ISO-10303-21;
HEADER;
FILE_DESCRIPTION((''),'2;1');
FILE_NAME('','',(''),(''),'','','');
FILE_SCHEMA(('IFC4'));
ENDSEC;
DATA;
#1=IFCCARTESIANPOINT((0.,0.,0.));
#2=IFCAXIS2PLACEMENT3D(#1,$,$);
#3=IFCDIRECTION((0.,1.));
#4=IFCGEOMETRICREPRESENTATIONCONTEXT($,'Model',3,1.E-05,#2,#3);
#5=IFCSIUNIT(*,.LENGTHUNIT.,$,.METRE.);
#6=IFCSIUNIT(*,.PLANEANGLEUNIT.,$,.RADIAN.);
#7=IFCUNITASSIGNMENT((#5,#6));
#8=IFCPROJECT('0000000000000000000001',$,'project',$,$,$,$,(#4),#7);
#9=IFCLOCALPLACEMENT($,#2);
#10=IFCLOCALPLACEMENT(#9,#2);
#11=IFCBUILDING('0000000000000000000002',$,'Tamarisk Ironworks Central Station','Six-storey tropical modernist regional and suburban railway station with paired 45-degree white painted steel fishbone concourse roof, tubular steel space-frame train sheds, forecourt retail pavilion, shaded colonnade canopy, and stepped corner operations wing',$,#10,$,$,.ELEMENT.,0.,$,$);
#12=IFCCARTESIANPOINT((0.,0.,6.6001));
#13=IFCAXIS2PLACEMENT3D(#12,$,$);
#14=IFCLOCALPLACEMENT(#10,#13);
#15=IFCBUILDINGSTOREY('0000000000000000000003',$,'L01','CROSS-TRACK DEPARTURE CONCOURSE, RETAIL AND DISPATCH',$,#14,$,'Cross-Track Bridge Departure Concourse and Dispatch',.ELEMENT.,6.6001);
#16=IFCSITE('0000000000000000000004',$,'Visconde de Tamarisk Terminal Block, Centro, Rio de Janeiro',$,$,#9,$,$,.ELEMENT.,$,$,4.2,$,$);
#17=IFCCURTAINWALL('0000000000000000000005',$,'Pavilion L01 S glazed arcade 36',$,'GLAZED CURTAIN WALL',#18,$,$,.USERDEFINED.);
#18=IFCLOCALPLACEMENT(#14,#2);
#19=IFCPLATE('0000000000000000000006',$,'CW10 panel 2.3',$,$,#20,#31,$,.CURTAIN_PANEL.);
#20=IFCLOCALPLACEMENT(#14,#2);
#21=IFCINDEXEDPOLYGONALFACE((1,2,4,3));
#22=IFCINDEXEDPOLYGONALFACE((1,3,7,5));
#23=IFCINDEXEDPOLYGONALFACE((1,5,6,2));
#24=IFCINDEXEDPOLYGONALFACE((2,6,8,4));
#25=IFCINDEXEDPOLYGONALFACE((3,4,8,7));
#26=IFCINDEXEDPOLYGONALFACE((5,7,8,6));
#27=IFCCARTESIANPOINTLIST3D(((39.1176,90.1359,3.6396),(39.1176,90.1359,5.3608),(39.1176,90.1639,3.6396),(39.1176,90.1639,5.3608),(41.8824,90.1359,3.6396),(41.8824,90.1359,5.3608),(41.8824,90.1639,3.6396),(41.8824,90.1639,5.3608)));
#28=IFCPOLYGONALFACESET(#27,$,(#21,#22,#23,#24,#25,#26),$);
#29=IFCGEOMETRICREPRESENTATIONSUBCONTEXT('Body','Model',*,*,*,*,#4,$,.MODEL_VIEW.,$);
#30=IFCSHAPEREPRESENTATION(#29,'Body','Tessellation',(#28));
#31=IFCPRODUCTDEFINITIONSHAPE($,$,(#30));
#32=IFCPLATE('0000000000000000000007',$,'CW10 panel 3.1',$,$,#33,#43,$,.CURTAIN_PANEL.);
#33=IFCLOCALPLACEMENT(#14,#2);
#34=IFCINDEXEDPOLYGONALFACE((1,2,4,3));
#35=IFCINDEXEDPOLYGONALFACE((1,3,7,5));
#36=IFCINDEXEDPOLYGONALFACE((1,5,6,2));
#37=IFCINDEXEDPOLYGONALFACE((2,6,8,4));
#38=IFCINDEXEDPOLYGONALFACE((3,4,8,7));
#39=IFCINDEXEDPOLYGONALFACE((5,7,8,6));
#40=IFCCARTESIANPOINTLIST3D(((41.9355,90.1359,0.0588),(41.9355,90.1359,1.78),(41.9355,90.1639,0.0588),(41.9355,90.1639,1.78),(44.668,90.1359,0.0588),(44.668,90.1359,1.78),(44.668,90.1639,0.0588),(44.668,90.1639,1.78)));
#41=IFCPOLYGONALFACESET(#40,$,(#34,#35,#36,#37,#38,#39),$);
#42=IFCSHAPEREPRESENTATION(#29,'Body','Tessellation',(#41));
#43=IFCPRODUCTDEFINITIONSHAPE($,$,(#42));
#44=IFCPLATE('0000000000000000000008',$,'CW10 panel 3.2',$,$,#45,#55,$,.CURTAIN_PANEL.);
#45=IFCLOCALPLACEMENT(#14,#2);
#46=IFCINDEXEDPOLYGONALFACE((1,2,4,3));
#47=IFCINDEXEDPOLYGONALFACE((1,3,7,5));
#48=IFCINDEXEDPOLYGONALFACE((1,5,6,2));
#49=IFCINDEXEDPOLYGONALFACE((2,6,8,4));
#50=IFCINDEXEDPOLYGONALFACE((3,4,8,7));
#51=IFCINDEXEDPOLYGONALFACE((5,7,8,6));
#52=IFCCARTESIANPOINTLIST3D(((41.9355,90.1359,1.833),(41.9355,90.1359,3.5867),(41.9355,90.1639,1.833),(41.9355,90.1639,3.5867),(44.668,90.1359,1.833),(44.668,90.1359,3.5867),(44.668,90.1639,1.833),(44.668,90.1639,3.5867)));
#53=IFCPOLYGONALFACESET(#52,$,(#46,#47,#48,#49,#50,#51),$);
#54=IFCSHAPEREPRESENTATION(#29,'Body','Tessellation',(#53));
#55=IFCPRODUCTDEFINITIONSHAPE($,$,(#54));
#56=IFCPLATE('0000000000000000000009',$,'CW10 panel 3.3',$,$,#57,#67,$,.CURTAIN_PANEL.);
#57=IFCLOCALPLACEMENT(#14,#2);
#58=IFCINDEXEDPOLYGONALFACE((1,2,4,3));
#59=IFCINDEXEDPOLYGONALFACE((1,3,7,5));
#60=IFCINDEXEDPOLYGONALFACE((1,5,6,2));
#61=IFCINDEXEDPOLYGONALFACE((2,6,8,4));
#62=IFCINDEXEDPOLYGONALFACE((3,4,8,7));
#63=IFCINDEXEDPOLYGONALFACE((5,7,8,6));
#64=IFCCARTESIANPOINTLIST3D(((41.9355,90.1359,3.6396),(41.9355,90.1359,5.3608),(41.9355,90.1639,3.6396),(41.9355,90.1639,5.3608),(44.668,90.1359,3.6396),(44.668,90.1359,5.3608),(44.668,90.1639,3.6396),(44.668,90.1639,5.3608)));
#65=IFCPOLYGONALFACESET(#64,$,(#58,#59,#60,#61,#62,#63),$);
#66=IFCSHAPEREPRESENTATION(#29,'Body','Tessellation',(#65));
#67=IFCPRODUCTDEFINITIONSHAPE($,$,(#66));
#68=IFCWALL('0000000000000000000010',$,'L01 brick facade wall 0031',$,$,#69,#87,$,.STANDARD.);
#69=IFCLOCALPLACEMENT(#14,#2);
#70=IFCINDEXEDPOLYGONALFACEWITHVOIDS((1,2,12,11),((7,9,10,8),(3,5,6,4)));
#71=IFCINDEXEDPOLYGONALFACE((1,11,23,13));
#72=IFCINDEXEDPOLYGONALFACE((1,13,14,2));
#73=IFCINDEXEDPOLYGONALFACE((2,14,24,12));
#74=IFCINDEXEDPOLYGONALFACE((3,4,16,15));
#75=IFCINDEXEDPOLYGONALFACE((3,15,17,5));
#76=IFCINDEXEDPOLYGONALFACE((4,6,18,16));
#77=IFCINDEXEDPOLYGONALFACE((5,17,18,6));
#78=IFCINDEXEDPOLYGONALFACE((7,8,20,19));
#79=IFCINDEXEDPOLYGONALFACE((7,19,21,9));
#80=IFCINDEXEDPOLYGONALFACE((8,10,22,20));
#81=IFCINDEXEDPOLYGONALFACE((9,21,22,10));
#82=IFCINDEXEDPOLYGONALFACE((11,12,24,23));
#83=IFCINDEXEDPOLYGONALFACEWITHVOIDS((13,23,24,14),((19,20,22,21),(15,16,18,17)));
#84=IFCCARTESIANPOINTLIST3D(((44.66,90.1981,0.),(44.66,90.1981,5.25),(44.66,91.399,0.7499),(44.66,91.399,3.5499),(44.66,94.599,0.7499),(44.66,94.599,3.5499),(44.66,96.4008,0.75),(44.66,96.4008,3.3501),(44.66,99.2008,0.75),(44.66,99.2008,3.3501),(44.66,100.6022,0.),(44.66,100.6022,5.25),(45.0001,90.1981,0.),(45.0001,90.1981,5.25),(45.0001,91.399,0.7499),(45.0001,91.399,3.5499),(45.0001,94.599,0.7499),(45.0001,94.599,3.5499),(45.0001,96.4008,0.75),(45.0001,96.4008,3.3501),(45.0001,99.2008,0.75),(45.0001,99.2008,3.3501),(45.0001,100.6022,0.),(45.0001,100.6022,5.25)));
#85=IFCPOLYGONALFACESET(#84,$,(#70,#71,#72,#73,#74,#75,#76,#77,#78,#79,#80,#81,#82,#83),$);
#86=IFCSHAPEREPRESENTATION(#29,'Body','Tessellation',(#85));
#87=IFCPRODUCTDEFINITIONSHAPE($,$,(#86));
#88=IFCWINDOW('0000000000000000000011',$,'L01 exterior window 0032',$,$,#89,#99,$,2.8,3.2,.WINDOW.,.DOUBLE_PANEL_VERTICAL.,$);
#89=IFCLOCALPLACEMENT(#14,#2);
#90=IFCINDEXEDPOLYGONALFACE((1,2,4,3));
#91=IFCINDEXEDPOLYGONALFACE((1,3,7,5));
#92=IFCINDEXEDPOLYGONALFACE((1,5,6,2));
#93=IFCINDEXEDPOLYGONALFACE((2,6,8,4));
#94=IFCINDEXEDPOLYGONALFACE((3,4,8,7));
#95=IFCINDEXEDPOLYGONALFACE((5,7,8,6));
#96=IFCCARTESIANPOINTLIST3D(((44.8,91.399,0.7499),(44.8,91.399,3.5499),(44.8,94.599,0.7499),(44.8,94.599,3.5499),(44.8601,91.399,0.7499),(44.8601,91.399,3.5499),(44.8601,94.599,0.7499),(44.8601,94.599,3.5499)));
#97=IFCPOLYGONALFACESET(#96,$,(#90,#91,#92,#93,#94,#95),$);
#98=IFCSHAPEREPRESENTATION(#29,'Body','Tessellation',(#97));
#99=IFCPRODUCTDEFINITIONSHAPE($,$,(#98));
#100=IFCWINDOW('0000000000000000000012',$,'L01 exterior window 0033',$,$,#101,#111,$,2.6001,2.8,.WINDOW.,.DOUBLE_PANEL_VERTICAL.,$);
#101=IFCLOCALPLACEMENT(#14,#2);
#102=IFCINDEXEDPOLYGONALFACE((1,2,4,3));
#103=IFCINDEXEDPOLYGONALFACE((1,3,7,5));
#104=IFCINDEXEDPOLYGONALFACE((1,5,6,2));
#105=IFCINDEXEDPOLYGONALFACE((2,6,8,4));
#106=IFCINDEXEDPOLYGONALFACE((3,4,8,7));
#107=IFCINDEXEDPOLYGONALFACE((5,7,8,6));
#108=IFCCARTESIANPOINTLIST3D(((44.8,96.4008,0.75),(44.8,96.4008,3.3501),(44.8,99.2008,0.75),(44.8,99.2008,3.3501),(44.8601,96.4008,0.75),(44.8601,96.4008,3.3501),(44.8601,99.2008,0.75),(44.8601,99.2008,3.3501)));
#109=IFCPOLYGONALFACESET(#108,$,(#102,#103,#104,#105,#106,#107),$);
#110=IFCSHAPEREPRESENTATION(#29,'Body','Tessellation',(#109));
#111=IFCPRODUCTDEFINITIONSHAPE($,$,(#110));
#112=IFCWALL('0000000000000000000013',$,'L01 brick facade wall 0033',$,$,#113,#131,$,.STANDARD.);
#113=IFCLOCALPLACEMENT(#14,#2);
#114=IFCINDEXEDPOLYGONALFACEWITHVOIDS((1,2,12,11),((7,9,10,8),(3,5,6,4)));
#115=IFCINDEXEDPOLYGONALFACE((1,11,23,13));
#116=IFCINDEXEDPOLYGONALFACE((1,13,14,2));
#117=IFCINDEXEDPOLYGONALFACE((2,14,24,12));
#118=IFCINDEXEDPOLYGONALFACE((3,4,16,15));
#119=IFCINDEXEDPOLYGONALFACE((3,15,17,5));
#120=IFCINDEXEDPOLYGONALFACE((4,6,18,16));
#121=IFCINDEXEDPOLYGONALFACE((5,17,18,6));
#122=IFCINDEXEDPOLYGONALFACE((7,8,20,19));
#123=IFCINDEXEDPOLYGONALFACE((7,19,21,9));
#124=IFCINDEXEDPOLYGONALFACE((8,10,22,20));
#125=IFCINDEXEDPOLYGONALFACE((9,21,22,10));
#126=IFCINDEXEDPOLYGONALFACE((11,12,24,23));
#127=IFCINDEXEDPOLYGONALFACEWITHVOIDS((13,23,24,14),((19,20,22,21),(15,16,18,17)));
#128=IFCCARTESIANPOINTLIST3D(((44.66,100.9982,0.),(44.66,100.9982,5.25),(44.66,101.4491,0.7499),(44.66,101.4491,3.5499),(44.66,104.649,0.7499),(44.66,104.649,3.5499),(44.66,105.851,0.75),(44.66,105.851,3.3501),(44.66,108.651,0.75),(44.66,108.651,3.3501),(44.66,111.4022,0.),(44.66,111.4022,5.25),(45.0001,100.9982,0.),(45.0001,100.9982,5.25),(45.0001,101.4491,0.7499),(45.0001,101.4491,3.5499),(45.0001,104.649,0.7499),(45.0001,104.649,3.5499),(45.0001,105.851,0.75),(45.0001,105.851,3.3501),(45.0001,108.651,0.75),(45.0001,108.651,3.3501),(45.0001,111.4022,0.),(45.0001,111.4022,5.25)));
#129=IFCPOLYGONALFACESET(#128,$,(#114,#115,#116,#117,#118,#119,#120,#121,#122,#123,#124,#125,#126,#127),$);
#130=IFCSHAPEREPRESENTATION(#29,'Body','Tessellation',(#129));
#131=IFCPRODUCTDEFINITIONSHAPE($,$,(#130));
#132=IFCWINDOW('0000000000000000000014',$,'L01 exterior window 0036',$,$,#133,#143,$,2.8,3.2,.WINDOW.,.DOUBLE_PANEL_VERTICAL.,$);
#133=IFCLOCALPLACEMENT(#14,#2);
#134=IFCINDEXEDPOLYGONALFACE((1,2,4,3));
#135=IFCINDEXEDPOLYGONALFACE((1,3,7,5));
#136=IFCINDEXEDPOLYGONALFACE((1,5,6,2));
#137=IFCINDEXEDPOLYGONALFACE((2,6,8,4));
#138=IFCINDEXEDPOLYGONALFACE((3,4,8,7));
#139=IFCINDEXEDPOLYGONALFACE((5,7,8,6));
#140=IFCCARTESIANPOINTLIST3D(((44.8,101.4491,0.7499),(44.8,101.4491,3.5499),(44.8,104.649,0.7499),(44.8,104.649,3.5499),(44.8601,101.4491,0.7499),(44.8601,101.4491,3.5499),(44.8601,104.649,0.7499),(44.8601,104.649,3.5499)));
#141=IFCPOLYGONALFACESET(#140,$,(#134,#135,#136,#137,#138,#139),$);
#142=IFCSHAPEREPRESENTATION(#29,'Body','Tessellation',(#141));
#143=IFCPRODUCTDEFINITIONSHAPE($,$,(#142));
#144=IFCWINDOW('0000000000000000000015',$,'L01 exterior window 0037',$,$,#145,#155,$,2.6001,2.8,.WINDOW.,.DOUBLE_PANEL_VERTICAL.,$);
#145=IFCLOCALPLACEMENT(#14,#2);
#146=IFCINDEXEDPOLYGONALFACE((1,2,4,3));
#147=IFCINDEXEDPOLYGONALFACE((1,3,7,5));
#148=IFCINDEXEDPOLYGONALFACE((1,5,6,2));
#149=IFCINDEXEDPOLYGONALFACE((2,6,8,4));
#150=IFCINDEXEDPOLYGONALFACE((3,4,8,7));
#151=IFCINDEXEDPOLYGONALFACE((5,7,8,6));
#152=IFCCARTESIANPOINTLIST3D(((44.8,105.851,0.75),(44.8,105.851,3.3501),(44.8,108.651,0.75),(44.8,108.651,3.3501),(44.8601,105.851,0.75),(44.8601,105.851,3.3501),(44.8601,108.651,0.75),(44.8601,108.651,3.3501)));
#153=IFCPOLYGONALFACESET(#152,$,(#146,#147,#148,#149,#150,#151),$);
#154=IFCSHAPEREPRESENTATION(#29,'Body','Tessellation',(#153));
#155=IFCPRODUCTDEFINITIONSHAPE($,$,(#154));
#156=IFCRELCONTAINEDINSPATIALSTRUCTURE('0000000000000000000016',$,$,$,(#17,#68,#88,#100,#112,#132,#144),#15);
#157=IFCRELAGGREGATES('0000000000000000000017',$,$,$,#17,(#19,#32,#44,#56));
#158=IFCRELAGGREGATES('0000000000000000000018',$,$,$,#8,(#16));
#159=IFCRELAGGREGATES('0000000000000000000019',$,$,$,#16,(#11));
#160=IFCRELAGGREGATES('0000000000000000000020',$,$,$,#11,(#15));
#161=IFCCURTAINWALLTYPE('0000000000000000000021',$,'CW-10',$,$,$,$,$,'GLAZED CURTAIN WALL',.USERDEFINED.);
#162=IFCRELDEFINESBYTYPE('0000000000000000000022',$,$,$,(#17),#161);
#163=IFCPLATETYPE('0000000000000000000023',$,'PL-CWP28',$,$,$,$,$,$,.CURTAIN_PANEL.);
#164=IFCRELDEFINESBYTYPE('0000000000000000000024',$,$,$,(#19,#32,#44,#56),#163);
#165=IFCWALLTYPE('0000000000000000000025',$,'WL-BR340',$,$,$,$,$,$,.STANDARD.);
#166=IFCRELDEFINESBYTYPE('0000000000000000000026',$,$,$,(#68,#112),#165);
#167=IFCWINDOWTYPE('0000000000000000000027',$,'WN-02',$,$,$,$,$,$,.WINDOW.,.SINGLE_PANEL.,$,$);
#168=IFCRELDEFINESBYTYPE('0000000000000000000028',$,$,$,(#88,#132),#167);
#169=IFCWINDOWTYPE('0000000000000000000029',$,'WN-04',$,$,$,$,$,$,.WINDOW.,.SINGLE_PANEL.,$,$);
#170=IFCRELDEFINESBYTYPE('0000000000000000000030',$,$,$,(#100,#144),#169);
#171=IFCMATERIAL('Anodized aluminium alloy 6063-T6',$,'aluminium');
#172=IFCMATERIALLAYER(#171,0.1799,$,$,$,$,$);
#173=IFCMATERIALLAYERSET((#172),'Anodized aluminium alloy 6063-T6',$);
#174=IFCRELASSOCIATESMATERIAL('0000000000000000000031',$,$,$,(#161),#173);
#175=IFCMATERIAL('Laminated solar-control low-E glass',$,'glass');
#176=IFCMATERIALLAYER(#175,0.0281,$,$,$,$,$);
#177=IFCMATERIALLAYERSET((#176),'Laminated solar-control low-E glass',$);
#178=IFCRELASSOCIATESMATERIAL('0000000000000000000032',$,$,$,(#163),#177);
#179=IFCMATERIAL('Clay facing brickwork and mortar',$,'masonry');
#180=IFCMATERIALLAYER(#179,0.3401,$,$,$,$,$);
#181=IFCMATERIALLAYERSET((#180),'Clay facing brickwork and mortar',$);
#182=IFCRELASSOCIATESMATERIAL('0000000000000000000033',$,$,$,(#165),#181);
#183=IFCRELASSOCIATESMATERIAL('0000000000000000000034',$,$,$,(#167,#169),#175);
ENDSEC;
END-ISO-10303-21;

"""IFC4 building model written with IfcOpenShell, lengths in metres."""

from ifc_helpers import new_model, si_unit, direction, frame, frame_2d, origin, origin_2d, place, context, subcontext, project, spatial, rectangle, extrude, material, layer, layer_set, type_object, element, fill, aggregate, save


model = new_model("IFC4")

# Units and contexts
model_context = context("Model", 3, precision=1e-05, world=origin(), true_north=direction((0.0, 1.0)))
body_context = subcontext(model_context, "Body", "Model", "MODEL_VIEW")
ifc_project = project(units=[si_unit("LENGTHUNIT", "METRE"), si_unit("PLANEANGLEUNIT", "RADIAN")], contexts=[model_context])

# Site, building, storey
site_placement = place(None, origin())
site = spatial("IfcSite", under=ifc_project, at=site_placement, Name="Visconde de Tamarisk Terminal Block, Centro, Rio de Janeiro", CompositionType="ELEMENT", RefElevation=4.2)
building_placement = place(site_placement, origin())
building = spatial("IfcBuilding", under=site, at=building_placement, Name="Tamarisk Ironworks Central Station", Description="Six-storey tropical modernist regional and suburban railway station with paired 45-degree white painted steel fishbone concourse roof, tubular steel space-frame train sheds, forecourt retail pavilion, shaded colonnade canopy, and stepped corner operations wing", CompositionType="ELEMENT", ElevationOfRefHeight=0.0)
storey_placement = place(building_placement, frame((0.0, 0.0, 6.6001)))
storey = spatial("IfcBuildingStorey", under=building, at=storey_placement, Name="L01", Description="CROSS-TRACK DEPARTURE CONCOURSE, RETAIL AND DISPATCH", LongName="Cross-Track Bridge Departure Concourse and Dispatch", CompositionType="ELEMENT", Elevation=6.6001)

# Shared definitions
ifc_material_1 = material(Name="Clay facing brickwork and mortar", Category="masonry")

# Curtain wall, plates
ifc_material_2 = material(Name="Anodized aluminium alloy 6063-T6", Category="aluminium")
ifc_layer_1 = layer(ifc_material_2, 0.1799)
ifc_layer_set_1 = layer_set([ifc_layer_1], Name="Anodized aluminium alloy 6063-T6")
curtain_wall_type = type_object("IfcCurtainWallType", Name="CW-10", ElementType="GLAZED CURTAIN WALL", PredefinedType="USERDEFINED", material=ifc_layer_set_1)
curtain_wall_placement = place(storey_placement, origin())
curtain_wall = element("IfcCurtainWall", 1, at=curtain_wall_placement, inside=storey, type_object=curtain_wall_type, Name="Pavilion L01 S glazed arcade 36", ObjectType="GLAZED CURTAIN WALL", PredefinedType="USERDEFINED")
ifc_material_3 = material(Name="Laminated solar-control low-E glass", Category="glass")
ifc_layer_2 = layer(ifc_material_3, 0.0281)
ifc_layer_set_2 = layer_set([ifc_layer_2], Name="Laminated solar-control low-E glass")
plate_type = type_object("IfcPlateType", Name="PL-CWP28", PredefinedType="CURTAIN_PANEL", material=ifc_layer_set_2)
plate_1_placement = place(storey_placement, frame((40.5, 90.1499, 3.6396), z_axis=(0.0, 0.0, 1.0), x_axis=(1.0, 0.0, 0.0)))
plate_1 = element("IfcPlate", 2, at=plate_1_placement, type_object=plate_type, Name="CW10 panel 2.3", PredefinedType="CURTAIN_PANEL", context=body_context, shape_type="SweptSolid", body=[
    extrude(rectangle(XDim=2.7649, YDim=0.0281, at=origin_2d()), origin(), (0.0, 0.0, 1.0), 1.7212),
])
plate_2_placement = place(storey_placement, frame((43.3018, 90.1499, 0.0588), z_axis=(0.0, 0.0, 1.0), x_axis=(1.0, 0.0, 0.0)))
plate_2 = element("IfcPlate", 3, at=plate_2_placement, type_object=plate_type, Name="CW10 panel 3.1", PredefinedType="CURTAIN_PANEL", context=body_context, shape_type="SweptSolid", body=[
    extrude(rectangle(XDim=2.7324, YDim=0.0281, at=origin_2d()), origin(), (0.0, 0.0, 1.0), 1.7212),
])
plate_3_placement = place(storey_placement, frame((43.3018, 90.1499, 1.833), z_axis=(0.0, 0.0, 1.0), x_axis=(1.0, 0.0, 0.0)))
plate_3 = element("IfcPlate", 4, at=plate_3_placement, type_object=plate_type, Name="CW10 panel 3.2", PredefinedType="CURTAIN_PANEL", context=body_context, shape_type="SweptSolid", body=[
    extrude(rectangle(XDim=2.7324, YDim=0.0281, at=origin_2d()), origin(), (0.0, 0.0, 1.0), 1.7537),
])
plate_4_placement = place(storey_placement, frame((43.3018, 90.1499, 3.6396), z_axis=(0.0, 0.0, 1.0), x_axis=(1.0, 0.0, 0.0)))
plate_4 = element("IfcPlate", 5, at=plate_4_placement, type_object=plate_type, Name="CW10 panel 3.3", PredefinedType="CURTAIN_PANEL", context=body_context, shape_type="SweptSolid", body=[
    extrude(rectangle(XDim=2.7324, YDim=0.0281, at=origin_2d()), origin(), (0.0, 0.0, 1.0), 1.7212),
])
aggregate(curtain_wall, [plate_1, plate_2, plate_3, plate_4])

# Walls, openings, windows
ifc_layer_3 = layer(ifc_material_1, 0.3401)
ifc_layer_set_3 = layer_set([ifc_layer_3], Name="Clay facing brickwork and mortar")
wall_type = type_object("IfcWallType", Name="WL-BR340", PredefinedType="STANDARD", material=ifc_layer_set_3)
wall_1_placement = place(storey_placement, frame((44.8301, 90.198, 0.0), z_axis=(0.0, 0.0, 1.0), x_axis=(0.0, 1.0, 0.0)))
wall_1 = element("IfcWall", 6, at=wall_1_placement, inside=storey, type_object=wall_type, Name="L01 brick facade wall 0031", PredefinedType="STANDARD", context=body_context, shape_type="SweptSolid", body=[
    extrude(rectangle(XDim=10.4041, YDim=0.3401, at=frame_2d((5.2021, 0.0))), origin(), (0.0, 0.0, 1.0), 5.25),
])
opening_1_placement = place(wall_1_placement, frame((1.2009, 0.0, 0.75)))
opening_1 = element("IfcOpeningElement", 7, at=opening_1_placement, cuts=wall_1, PredefinedType="OPENING", context=body_context, shape_type="SweptSolid", body=[
    extrude(rectangle(XDim=3.2, YDim=2.8, at=frame_2d((1.6001, 1.3999))), frame((0.0, 0.1821, 0.0), z_axis=(0.0, -1.0, 0.0), x_axis=(1.0, 0.0, 0.0)), (0.0, 0.0, 1.0), 0.364),
])
opening_2_placement = place(wall_1_placement, frame((6.2029, 0.0, 0.75)))
opening_2 = element("IfcOpeningElement", 8, at=opening_2_placement, cuts=wall_1, PredefinedType="OPENING", context=body_context, shape_type="SweptSolid", body=[
    extrude(rectangle(XDim=2.8, YDim=2.6001, at=frame_2d((1.3999, 1.3))), frame((0.0, 0.1821, 0.0), z_axis=(0.0, -1.0, 0.0), x_axis=(1.0, 0.0, 0.0)), (0.0, 0.0, 1.0), 0.364),
])
window_type_1 = type_object("IfcWindowType", Name="WN-02", PartitioningType="SINGLE_PANEL", PredefinedType="WINDOW", material=ifc_material_3)
window_1_placement = place(opening_1_placement, origin())
window_1 = element("IfcWindow", 9, at=window_1_placement, inside=storey, type_object=window_type_1, Name="L01 exterior window 0032", OverallHeight=2.8, OverallWidth=3.2, PartitioningType="DOUBLE_PANEL_VERTICAL", PredefinedType="WINDOW", context=body_context, shape_type="SweptSolid", body=[
    extrude(rectangle(XDim=3.2, YDim=2.8, at=frame_2d((1.6001, 1.3999))), frame((0.0, 0.03, 0.0), z_axis=(0.0, -1.0, 0.0), x_axis=(1.0, 0.0, 0.0)), (0.0, 0.0, 1.0), 0.0601),
])
fill(opening_1, window_1)
window_type_2 = type_object("IfcWindowType", Name="WN-04", PartitioningType="SINGLE_PANEL", PredefinedType="WINDOW", material=ifc_material_3)
window_2_placement = place(opening_2_placement, origin())
window_2 = element("IfcWindow", 10, at=window_2_placement, inside=storey, type_object=window_type_2, Name="L01 exterior window 0033", OverallHeight=2.6001, OverallWidth=2.8, PartitioningType="DOUBLE_PANEL_VERTICAL", PredefinedType="WINDOW", context=body_context, shape_type="SweptSolid", body=[
    extrude(rectangle(XDim=2.8, YDim=2.6001, at=frame_2d((1.3999, 1.3))), frame((0.0, 0.03, 0.0), z_axis=(0.0, -1.0, 0.0), x_axis=(1.0, 0.0, 0.0)), (0.0, 0.0, 1.0), 0.0601),
])
fill(opening_2, window_2)
wall_2_placement = place(storey_placement, frame((44.8301, 100.998, 0.0), z_axis=(0.0, 0.0, 1.0), x_axis=(0.0, 1.0, 0.0)))
wall_2 = element("IfcWall", 11, at=wall_2_placement, inside=storey, type_object=wall_type, Name="L01 brick facade wall 0033", PredefinedType="STANDARD", context=body_context, shape_type="SweptSolid", body=[
    extrude(rectangle(XDim=10.4041, YDim=0.3401, at=frame_2d((5.2021, 0.0))), origin(), (0.0, 0.0, 1.0), 5.25),
])
opening_3_placement = place(wall_2_placement, frame((0.4509, 0.0, 0.75)))
opening_3 = element("IfcOpeningElement", 12, at=opening_3_placement, cuts=wall_2, PredefinedType="OPENING", context=body_context, shape_type="SweptSolid", body=[
    extrude(rectangle(XDim=3.2, YDim=2.8, at=frame_2d((1.6001, 1.3999))), frame((0.0, 0.1821, 0.0), z_axis=(0.0, -1.0, 0.0), x_axis=(1.0, 0.0, 0.0)), (0.0, 0.0, 1.0), 0.364),
])
opening_4_placement = place(wall_2_placement, frame((4.853, 0.0, 0.75)))
opening_4 = element("IfcOpeningElement", 13, at=opening_4_placement, cuts=wall_2, PredefinedType="OPENING", context=body_context, shape_type="SweptSolid", body=[
    extrude(rectangle(XDim=2.8, YDim=2.6001, at=frame_2d((1.3999, 1.3))), frame((0.0, 0.1821, 0.0), z_axis=(0.0, -1.0, 0.0), x_axis=(1.0, 0.0, 0.0)), (0.0, 0.0, 1.0), 0.364),
])
window_3_placement = place(opening_3_placement, origin())
window_3 = element("IfcWindow", 14, at=window_3_placement, inside=storey, type_object=window_type_1, Name="L01 exterior window 0036", OverallHeight=2.8, OverallWidth=3.2, PartitioningType="DOUBLE_PANEL_VERTICAL", PredefinedType="WINDOW", context=body_context, shape_type="SweptSolid", body=[
    extrude(rectangle(XDim=3.2, YDim=2.8, at=frame_2d((1.6001, 1.3999))), frame((0.0, 0.03, 0.0), z_axis=(0.0, -1.0, 0.0), x_axis=(1.0, 0.0, 0.0)), (0.0, 0.0, 1.0), 0.0601),
])
fill(opening_3, window_3)
window_4_placement = place(opening_4_placement, origin())
window_4 = element("IfcWindow", 15, at=window_4_placement, inside=storey, type_object=window_type_2, Name="L01 exterior window 0037", OverallHeight=2.6001, OverallWidth=2.8, PartitioningType="DOUBLE_PANEL_VERTICAL", PredefinedType="WINDOW", context=body_context, shape_type="SweptSolid", body=[
    extrude(rectangle(XDim=2.8, YDim=2.6001, at=frame_2d((1.3999, 1.3))), frame((0.0, 0.03, 0.0), z_axis=(0.0, -1.0, 0.0), x_axis=(1.0, 0.0, 0.0)), (0.0, 0.0, 1.0), 0.0601),
])
fill(opening_4, window_4)

save(model, "model.ifc")
